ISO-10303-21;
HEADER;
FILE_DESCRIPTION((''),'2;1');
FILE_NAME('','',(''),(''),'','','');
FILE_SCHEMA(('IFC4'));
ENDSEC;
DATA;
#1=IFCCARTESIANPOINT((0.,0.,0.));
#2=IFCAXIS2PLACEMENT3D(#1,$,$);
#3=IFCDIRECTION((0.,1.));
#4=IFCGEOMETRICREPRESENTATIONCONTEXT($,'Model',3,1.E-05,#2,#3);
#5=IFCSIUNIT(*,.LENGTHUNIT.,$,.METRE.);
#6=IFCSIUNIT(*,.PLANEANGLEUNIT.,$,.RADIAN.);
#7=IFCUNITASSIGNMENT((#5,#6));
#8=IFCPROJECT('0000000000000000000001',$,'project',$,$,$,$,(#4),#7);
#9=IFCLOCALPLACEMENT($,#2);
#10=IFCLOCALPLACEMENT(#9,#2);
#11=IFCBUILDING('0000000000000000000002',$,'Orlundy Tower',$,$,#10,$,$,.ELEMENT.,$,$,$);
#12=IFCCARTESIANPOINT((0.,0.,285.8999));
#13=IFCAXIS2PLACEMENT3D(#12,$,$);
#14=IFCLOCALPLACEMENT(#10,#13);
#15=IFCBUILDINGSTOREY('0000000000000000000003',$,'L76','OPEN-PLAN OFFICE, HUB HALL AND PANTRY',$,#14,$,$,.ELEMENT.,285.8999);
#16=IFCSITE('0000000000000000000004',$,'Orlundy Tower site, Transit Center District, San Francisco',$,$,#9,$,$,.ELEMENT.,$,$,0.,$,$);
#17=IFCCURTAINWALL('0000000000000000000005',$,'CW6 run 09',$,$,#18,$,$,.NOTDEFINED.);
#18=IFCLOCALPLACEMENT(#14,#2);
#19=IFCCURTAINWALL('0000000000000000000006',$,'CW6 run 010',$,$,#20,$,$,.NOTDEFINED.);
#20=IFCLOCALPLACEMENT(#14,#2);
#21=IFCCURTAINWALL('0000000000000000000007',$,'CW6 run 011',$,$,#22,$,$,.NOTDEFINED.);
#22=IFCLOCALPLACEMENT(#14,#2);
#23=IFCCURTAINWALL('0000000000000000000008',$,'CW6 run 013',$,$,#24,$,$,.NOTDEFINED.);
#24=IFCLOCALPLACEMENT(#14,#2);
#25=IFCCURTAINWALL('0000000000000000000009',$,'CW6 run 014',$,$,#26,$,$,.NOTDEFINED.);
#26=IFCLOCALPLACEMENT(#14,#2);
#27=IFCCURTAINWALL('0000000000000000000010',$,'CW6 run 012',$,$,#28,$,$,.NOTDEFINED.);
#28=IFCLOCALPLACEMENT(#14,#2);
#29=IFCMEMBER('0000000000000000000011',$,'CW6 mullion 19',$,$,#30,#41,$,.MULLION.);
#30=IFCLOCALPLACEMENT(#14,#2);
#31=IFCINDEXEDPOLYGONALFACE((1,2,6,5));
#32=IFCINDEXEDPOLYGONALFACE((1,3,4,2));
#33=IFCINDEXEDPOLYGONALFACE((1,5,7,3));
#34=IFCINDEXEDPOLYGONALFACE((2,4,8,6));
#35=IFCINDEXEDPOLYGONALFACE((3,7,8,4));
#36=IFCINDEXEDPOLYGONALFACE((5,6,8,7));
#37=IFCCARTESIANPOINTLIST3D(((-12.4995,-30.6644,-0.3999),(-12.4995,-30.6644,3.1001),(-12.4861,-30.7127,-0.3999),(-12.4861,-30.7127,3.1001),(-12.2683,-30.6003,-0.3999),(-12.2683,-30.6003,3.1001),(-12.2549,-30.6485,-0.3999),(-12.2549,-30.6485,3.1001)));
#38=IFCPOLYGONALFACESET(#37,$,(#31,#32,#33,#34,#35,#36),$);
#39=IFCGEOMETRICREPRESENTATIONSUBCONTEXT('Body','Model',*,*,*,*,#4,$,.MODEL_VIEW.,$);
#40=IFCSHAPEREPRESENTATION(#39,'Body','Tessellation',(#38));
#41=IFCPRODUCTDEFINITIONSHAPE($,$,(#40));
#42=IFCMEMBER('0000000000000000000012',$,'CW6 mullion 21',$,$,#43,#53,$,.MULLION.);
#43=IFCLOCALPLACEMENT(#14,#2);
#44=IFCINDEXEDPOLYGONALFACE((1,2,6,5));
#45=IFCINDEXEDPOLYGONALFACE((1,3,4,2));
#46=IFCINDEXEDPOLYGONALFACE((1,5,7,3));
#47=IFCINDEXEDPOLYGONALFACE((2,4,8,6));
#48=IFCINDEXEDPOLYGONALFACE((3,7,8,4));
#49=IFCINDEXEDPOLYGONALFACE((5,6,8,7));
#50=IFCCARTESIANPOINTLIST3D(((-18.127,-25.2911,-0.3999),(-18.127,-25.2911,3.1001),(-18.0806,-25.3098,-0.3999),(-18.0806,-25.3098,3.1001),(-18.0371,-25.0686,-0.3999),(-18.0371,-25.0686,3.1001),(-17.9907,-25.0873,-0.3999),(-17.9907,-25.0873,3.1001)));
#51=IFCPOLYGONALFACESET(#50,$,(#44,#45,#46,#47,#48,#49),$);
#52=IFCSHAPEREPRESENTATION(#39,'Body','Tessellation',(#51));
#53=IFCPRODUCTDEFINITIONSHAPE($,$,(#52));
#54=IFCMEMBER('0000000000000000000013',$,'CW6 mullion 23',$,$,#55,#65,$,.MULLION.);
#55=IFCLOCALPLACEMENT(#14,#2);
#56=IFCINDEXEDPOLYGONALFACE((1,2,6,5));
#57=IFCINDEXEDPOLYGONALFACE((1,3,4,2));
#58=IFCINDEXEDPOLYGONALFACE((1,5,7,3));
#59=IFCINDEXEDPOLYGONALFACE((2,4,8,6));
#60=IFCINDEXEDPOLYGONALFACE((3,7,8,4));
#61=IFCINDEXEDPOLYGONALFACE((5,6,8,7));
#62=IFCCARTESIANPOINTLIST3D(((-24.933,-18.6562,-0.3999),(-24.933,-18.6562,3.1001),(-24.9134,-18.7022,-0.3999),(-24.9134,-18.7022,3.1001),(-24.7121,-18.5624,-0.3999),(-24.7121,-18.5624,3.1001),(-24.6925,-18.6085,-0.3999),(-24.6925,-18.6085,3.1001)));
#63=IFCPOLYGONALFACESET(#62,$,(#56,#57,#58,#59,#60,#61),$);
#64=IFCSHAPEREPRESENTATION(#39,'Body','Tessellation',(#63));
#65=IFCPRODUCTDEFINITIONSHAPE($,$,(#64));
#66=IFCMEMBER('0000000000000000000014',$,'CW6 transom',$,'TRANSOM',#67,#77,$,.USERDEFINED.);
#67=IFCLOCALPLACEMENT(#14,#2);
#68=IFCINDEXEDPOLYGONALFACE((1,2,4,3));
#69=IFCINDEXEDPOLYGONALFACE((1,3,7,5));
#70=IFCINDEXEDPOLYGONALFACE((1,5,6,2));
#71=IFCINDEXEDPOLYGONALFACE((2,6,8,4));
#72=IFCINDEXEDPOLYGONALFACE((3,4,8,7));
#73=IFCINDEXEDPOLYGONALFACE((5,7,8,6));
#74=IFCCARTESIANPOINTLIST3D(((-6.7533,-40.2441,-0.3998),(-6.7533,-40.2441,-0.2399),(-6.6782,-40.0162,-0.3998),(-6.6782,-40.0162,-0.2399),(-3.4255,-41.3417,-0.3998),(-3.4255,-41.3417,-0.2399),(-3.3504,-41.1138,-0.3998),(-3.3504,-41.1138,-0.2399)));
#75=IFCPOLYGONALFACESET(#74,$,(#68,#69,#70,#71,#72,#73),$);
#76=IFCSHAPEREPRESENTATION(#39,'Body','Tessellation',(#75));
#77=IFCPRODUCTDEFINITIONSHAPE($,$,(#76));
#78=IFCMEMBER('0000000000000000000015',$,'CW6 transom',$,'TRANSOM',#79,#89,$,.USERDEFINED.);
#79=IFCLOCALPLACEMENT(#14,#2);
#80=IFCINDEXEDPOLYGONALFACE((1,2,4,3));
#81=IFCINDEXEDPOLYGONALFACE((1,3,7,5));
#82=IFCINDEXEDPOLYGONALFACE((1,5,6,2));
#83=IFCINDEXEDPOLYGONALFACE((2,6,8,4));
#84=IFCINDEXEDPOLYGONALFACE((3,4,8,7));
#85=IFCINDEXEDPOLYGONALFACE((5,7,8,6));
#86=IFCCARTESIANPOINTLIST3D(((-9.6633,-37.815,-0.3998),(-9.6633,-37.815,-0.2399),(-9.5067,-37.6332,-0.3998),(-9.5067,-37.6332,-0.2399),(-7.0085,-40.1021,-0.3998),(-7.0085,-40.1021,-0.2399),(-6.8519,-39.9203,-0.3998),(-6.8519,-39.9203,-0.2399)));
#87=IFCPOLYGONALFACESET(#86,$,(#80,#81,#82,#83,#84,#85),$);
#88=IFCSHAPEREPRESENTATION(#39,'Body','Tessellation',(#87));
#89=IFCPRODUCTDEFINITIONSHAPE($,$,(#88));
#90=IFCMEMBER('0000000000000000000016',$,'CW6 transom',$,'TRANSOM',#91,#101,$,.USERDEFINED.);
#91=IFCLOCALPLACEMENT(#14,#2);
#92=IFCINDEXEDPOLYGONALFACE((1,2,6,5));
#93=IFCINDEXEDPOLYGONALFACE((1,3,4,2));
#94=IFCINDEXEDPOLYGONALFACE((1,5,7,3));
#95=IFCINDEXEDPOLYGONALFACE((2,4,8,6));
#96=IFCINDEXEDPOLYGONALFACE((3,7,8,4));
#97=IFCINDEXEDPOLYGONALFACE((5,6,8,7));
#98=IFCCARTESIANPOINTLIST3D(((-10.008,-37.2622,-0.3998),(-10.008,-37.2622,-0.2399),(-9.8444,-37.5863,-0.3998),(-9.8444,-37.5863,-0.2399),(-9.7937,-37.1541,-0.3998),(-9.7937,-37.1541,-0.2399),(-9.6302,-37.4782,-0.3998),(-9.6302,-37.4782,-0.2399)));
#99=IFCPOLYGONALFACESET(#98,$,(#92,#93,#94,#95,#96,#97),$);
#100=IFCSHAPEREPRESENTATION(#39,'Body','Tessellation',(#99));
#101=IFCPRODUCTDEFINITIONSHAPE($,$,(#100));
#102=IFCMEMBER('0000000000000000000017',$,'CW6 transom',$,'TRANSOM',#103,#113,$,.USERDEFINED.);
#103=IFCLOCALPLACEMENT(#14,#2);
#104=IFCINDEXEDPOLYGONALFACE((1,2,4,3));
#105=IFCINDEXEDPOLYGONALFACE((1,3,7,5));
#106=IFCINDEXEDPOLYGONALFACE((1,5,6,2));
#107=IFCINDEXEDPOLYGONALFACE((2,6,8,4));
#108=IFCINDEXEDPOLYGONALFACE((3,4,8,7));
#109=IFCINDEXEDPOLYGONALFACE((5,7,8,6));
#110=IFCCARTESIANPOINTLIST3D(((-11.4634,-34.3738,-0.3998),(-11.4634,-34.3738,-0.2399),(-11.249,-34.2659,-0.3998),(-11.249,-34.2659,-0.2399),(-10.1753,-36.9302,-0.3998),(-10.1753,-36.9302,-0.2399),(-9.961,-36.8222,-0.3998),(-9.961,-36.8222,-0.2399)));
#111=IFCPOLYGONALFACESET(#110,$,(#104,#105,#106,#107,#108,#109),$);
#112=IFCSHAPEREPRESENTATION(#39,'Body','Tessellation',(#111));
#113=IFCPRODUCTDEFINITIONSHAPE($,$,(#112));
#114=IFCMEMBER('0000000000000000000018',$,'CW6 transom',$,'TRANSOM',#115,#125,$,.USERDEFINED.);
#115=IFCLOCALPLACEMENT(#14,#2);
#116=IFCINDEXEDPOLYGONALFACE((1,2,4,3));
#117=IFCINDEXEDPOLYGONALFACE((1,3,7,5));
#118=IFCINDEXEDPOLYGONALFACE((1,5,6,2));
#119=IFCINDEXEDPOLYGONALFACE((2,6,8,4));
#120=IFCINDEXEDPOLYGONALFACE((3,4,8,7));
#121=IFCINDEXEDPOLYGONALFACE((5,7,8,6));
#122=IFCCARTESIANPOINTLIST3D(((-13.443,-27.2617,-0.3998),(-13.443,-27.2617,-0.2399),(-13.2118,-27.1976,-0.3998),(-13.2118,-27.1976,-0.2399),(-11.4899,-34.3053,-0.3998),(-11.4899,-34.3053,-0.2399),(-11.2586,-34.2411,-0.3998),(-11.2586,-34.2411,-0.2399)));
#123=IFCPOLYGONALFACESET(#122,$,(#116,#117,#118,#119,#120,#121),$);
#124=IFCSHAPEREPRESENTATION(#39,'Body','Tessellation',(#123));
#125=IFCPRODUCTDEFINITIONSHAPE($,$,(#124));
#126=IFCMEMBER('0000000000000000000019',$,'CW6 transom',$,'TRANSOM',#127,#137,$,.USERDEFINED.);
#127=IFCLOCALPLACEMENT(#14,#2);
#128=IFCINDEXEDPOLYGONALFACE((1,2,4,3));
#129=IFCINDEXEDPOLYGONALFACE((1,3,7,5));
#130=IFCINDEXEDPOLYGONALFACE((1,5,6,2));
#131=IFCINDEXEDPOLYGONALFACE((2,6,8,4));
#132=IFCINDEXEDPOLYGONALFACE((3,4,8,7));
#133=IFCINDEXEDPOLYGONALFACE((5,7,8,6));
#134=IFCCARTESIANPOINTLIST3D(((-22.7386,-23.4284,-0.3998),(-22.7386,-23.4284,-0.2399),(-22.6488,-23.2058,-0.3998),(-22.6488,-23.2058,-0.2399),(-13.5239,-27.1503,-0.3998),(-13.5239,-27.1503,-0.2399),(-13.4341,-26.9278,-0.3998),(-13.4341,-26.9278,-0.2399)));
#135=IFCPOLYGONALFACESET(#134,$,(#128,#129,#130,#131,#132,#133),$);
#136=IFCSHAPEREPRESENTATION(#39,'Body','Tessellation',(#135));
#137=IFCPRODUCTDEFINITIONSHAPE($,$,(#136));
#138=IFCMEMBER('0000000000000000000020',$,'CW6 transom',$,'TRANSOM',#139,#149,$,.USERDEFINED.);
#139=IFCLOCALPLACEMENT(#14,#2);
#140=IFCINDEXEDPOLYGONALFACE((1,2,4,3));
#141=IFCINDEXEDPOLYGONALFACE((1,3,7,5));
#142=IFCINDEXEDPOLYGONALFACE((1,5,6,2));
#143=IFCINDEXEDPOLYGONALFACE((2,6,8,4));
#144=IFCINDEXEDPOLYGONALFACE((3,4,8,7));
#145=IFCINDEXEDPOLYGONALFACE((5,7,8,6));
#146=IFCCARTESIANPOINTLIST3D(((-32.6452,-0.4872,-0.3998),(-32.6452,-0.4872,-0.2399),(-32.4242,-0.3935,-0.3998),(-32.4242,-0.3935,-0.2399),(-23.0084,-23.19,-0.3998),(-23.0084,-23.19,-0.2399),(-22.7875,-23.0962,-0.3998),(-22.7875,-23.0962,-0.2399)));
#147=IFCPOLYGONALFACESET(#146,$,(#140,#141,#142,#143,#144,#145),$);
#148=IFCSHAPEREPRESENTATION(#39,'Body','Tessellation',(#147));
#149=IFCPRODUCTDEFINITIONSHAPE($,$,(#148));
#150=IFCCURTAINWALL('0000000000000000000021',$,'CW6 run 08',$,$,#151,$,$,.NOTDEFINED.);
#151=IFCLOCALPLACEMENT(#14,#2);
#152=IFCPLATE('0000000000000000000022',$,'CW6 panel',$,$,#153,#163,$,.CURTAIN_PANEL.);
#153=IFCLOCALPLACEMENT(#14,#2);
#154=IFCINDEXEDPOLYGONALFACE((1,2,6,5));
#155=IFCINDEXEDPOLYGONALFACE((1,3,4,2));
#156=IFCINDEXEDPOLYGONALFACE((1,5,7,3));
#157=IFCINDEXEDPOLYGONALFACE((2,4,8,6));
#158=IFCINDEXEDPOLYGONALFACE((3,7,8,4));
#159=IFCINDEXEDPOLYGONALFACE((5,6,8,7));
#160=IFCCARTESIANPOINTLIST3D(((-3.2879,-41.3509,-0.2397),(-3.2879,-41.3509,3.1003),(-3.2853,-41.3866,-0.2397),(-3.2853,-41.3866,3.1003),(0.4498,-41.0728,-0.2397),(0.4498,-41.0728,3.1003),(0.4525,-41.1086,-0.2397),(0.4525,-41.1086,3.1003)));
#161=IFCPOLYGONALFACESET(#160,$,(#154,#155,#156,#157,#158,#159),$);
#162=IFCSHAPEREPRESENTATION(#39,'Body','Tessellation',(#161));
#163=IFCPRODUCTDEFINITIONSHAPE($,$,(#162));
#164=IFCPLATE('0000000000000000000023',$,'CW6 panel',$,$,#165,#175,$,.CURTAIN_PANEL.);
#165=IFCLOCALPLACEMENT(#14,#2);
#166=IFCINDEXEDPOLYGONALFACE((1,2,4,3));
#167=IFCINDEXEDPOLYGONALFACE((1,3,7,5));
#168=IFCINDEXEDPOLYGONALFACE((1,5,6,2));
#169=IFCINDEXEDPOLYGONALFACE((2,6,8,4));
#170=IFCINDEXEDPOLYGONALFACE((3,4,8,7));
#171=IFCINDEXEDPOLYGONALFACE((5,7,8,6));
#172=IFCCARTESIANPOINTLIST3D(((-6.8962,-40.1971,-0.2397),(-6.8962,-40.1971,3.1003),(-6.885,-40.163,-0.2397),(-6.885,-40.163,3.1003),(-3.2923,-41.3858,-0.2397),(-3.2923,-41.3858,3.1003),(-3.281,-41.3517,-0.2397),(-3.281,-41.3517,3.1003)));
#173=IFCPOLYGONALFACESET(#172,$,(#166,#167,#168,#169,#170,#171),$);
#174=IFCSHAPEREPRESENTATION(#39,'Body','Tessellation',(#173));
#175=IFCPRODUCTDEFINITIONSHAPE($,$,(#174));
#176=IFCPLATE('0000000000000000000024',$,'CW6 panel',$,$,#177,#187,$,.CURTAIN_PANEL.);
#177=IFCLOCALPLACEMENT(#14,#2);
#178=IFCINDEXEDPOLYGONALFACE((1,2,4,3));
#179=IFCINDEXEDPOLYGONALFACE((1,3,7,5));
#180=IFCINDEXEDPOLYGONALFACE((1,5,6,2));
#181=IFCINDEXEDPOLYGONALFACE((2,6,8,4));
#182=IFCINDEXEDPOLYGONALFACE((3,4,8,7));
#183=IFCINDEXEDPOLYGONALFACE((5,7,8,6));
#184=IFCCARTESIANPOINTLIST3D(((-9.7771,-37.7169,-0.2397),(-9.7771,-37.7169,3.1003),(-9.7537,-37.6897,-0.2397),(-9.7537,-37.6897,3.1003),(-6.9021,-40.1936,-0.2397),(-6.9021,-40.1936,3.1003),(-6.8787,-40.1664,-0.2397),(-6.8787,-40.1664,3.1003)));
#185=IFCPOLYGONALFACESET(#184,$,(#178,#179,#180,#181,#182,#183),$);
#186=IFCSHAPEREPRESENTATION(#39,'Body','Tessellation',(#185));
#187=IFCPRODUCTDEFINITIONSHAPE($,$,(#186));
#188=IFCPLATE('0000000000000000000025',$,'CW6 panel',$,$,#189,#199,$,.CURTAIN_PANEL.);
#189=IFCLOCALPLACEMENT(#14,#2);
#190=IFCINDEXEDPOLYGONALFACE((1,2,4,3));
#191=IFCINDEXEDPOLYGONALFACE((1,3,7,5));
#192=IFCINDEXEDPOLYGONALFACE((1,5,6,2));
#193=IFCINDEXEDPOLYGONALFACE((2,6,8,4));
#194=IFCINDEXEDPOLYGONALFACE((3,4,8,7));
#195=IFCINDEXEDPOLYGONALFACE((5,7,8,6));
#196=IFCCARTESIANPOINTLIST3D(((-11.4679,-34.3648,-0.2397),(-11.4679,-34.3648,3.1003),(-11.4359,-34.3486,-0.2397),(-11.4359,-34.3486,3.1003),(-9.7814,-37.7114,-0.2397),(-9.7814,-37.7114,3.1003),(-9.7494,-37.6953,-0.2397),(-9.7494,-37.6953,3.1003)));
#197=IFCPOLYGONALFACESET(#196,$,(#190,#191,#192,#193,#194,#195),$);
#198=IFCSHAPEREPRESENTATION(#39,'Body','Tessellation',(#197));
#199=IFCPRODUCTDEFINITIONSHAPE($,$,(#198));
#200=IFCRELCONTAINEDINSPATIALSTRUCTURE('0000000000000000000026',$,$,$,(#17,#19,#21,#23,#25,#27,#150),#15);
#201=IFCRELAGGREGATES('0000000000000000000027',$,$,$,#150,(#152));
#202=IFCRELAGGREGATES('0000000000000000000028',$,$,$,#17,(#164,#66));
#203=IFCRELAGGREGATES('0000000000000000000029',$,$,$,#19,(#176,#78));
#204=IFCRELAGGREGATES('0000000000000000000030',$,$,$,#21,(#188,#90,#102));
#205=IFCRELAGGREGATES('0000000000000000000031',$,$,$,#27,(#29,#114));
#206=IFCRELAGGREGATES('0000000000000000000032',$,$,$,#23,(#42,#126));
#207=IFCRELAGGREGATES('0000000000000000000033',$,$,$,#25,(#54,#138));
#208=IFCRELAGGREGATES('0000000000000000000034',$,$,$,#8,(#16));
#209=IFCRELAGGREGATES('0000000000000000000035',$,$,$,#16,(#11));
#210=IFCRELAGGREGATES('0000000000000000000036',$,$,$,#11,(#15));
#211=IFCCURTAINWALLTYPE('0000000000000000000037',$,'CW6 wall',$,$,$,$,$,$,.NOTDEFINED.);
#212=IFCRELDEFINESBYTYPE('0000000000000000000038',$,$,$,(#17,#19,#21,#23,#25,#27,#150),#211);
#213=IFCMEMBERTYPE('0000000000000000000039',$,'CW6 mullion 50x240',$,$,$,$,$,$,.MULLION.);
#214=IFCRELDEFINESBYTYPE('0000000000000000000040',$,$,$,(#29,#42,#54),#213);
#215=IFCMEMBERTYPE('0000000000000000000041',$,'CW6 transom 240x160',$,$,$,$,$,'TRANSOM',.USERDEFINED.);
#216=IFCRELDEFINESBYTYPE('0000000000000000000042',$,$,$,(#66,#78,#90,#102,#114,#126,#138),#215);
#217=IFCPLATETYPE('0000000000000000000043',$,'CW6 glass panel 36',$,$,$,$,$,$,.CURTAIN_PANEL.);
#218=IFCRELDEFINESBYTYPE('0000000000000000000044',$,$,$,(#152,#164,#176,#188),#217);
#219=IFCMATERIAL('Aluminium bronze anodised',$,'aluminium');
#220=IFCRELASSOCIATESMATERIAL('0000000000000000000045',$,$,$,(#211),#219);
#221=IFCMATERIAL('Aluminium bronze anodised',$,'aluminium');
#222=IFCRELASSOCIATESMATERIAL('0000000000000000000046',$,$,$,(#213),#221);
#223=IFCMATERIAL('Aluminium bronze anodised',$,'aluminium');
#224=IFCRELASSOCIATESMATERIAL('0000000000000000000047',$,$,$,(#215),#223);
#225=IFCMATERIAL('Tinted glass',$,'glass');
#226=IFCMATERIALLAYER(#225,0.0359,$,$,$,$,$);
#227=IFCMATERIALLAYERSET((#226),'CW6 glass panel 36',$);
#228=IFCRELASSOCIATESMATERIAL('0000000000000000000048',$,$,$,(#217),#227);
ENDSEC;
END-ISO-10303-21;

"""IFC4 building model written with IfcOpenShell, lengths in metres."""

from ifc_helpers import new_model, si_unit, direction, frame, origin, origin_2d, place, context, subcontext, project, spatial, rectangle, extrude, material, layer, layer_set, material_profile, profile_set, type_object, element, aggregate, save


model = new_model("IFC4")

# Units and contexts
model_context = context("Model", 3, precision=1e-05, world=origin(), true_north=direction((0.0, 1.0)))
body_context = subcontext(model_context, "Body", "Model", "MODEL_VIEW")
ifc_project = project(units=[si_unit("LENGTHUNIT", "METRE"), si_unit("PLANEANGLEUNIT", "RADIAN")], contexts=[model_context])

# Site, building, storey
site_placement = place(None, origin())
site = spatial("IfcSite", under=ifc_project, at=site_placement, Name="Orlundy Tower site, Transit Center District, San Francisco", CompositionType="ELEMENT", RefElevation=0.0)
building_placement = place(site_placement, origin())
building = spatial("IfcBuilding", under=site, at=building_placement, Name="Orlundy Tower", CompositionType="ELEMENT")
storey_placement = place(building_placement, frame((0.0, 0.0, 285.8999)))
storey = spatial("IfcBuildingStorey", under=building, at=storey_placement, Name="L76", Description="OPEN-PLAN OFFICE, HUB HALL AND PANTRY", CompositionType="ELEMENT", Elevation=285.8999)

# Curtain walls
ifc_material_1 = material(Name="Aluminium bronze anodised", Category="aluminium")
curtain_wall_type = type_object("IfcCurtainWallType", Name="CW6 wall", PredefinedType="NOTDEFINED", material=ifc_material_1)
curtain_wall_1_placement = place(storey_placement, origin())
curtain_wall_1 = element("IfcCurtainWall", 1, at=curtain_wall_1_placement, inside=storey, type_object=curtain_wall_type, Name="CW6 run 09", PredefinedType="NOTDEFINED")
curtain_wall_2_placement = place(storey_placement, origin())
curtain_wall_2 = element("IfcCurtainWall", 2, at=curtain_wall_2_placement, inside=storey, type_object=curtain_wall_type, Name="CW6 run 010", PredefinedType="NOTDEFINED")
curtain_wall_3_placement = place(storey_placement, origin())
curtain_wall_3 = element("IfcCurtainWall", 3, at=curtain_wall_3_placement, inside=storey, type_object=curtain_wall_type, Name="CW6 run 011", PredefinedType="NOTDEFINED")
curtain_wall_4_placement = place(storey_placement, origin())
curtain_wall_4 = element("IfcCurtainWall", 4, at=curtain_wall_4_placement, inside=storey, type_object=curtain_wall_type, Name="CW6 run 013", PredefinedType="NOTDEFINED")
curtain_wall_5_placement = place(storey_placement, origin())
curtain_wall_5 = element("IfcCurtainWall", 5, at=curtain_wall_5_placement, inside=storey, type_object=curtain_wall_type, Name="CW6 run 014", PredefinedType="NOTDEFINED")

# Curtain wall, member
curtain_wall_6_placement = place(storey_placement, origin())
curtain_wall_6 = element("IfcCurtainWall", 6, at=curtain_wall_6_placement, inside=storey, type_object=curtain_wall_type, Name="CW6 run 012", PredefinedType="NOTDEFINED")
ifc_material_2 = material(Name="Aluminium bronze anodised", Category="aluminium")
ifc_material_profile_1 = material_profile(ifc_material_2, rectangle(XDim=0.24, YDim=0.05, at=origin_2d()), Name="CW6 mullion 50x240")
ifc_profile_set_1 = profile_set([ifc_material_profile_1], Name="Aluminium bronze anodised")
member_type_1 = type_object("IfcMemberType", Name="CW6 mullion 50x240", PredefinedType="MULLION", material=ifc_profile_set_1)
member_1_placement = place(storey_placement, frame((-12.3772, -30.6565, -0.3999), z_axis=(0.0, 0.0, 1.0), x_axis=(-0.963634, -0.267226, 0.0)))
member_1 = element("IfcMember", 7, at=member_1_placement, type_object=member_type_1, Name="CW6 mullion 19", PredefinedType="MULLION", context=body_context, shape_type="SweptSolid", body=[
    extrude(rectangle(XDim=0.24, YDim=0.05, at=origin_2d()), origin(), (0.0, 0.0, 1.0), 3.5),
])

# Members
member_2_placement = place(storey_placement, frame((-18.0588, -25.1892, -0.3999), z_axis=(0.0, 0.0, 1.0), x_axis=(-0.374521, -0.927218, 0.0)))
member_2 = element("IfcMember", 8, at=member_2_placement, type_object=member_type_1, Name="CW6 mullion 21", PredefinedType="MULLION", context=body_context, shape_type="SweptSolid", body=[
    extrude(rectangle(XDim=0.24, YDim=0.05, at=origin_2d()), origin(), (0.0, 0.0, 1.0), 3.5),
])
member_3_placement = place(storey_placement, frame((-24.8127, -18.6323, -0.3999), z_axis=(0.0, 0.0, 1.0), x_axis=(-0.920507, -0.390727, 0.0)))
member_3 = element("IfcMember", 9, at=member_3_placement, type_object=member_type_1, Name="CW6 mullion 23", PredefinedType="MULLION", context=body_context, shape_type="SweptSolid", body=[
    extrude(rectangle(XDim=0.24, YDim=0.05, at=origin_2d()), origin(), (0.0, 0.0, 1.0), 3.5),
])
ifc_material_3 = material(Name="Aluminium bronze anodised", Category="aluminium")
ifc_material_profile_2 = material_profile(ifc_material_3, rectangle(XDim=0.24, YDim=0.1599, at=origin_2d()), Name="CW6 transom 240x160")
ifc_profile_set_2 = profile_set([ifc_material_profile_2], Name="Aluminium bronze anodised")
member_type_2 = type_object("IfcMemberType", Name="CW6 transom 240x160", ElementType="TRANSOM", PredefinedType="USERDEFINED", material=ifc_profile_set_2)
member_4_placement = place(storey_placement, frame((-3.3879, -41.2278, -0.3198), z_axis=(-0.949675, 0.313237, 0.0), x_axis=(-0.313237, -0.949675, 0.0)))
member_4 = element("IfcMember", 10, at=member_4_placement, type_object=member_type_2, Name="CW6 transom", ObjectType="TRANSOM", PredefinedType="USERDEFINED", context=body_context, shape_type="SweptSolid", body=[
    extrude(rectangle(XDim=0.24, YDim=0.1599, at=origin_2d()), origin(), (0.0, 0.0, 1.0), 3.5042),
])
member_5_placement = place(storey_placement, frame((-6.9302, -40.0112, -0.3198), z_axis=(-0.757621, 0.652694, 0.0), x_axis=(-0.652694, -0.757621, 0.0)))
member_5 = element("IfcMember", 11, at=member_5_placement, type_object=member_type_2, Name="CW6 transom", ObjectType="TRANSOM", PredefinedType="USERDEFINED", context=body_context, shape_type="SweptSolid", body=[
    extrude(rectangle(XDim=0.24, YDim=0.1599, at=origin_2d()), origin(), (0.0, 0.0, 1.0), 3.5042),
])
member_6_placement = place(storey_placement, frame((-9.7373, -37.5322, -0.3198), z_axis=(-0.450438, 0.892808, 0.0), x_axis=(-0.892808, -0.450438, 0.0)))
member_6 = element("IfcMember", 12, at=member_6_placement, type_object=member_type_2, Name="CW6 transom", ObjectType="TRANSOM", PredefinedType="USERDEFINED", context=body_context, shape_type="SweptSolid", body=[
    extrude(rectangle(XDim=0.24, YDim=0.1599, at=origin_2d()), origin(), (0.0, 0.0, 1.0), 0.363),
])
member_7_placement = place(storey_placement, frame((-10.0681, -36.8762, -0.3198), z_axis=(-0.449975, 0.893041, 0.0), x_axis=(-0.893041, -0.449975, 0.0)))
member_7 = element("IfcMember", 13, at=member_7_placement, type_object=member_type_2, Name="CW6 transom", ObjectType="TRANSOM", PredefinedType="USERDEFINED", context=body_context, shape_type="SweptSolid", body=[
    extrude(rectangle(XDim=0.24, YDim=0.1599, at=origin_2d()), origin(), (0.0, 0.0, 1.0), 2.8625),
])
member_8_placement = place(storey_placement, frame((-11.3743, -34.2732, -0.3198), z_axis=(-0.267213, 0.963637, 0.0), x_axis=(-0.963637, -0.267213, 0.0)))
member_8 = element("IfcMember", 14, at=member_8_placement, type_object=member_type_2, Name="CW6 transom", ObjectType="TRANSOM", PredefinedType="USERDEFINED", context=body_context, shape_type="SweptSolid", body=[
    extrude(rectangle(XDim=0.24, YDim=0.1599, at=origin_2d()), origin(), (0.0, 0.0, 1.0), 7.3093),
])
member_9_placement = place(storey_placement, frame((-13.479, -27.0391, -0.3198), z_axis=(-0.927219, 0.374519, 0.0), x_axis=(-0.374519, -0.927219, 0.0)))
member_9 = element("IfcMember", 15, at=member_9_placement, type_object=member_type_2, Name="CW6 transom", ObjectType="TRANSOM", PredefinedType="USERDEFINED", context=body_context, shape_type="SweptSolid", body=[
    extrude(rectangle(XDim=0.24, YDim=0.1599, at=origin_2d()), origin(), (0.0, 0.0, 1.0), 9.938),
])
member_10_placement = place(storey_placement, frame((-22.8979, -23.1431, -0.3198), z_axis=(-0.390732, 0.920505, 0.0), x_axis=(-0.920505, -0.390732, 0.0)))
member_10 = element("IfcMember", 16, at=member_10_placement, type_object=member_type_2, Name="CW6 transom", ObjectType="TRANSOM", PredefinedType="USERDEFINED", context=body_context, shape_type="SweptSolid", body=[
    extrude(rectangle(XDim=0.24, YDim=0.1599, at=origin_2d()), origin(), (0.0, 0.0, 1.0), 24.6633),
])

# Curtain wall, plate
curtain_wall_7_placement = place(storey_placement, origin())
curtain_wall_7 = element("IfcCurtainWall", 17, at=curtain_wall_7_placement, inside=storey, type_object=curtain_wall_type, Name="CW6 run 08", PredefinedType="NOTDEFINED")
ifc_material_4 = material(Name="Tinted glass", Category="glass")
ifc_layer_1 = layer(ifc_material_4, 0.0359)
ifc_layer_set_1 = layer_set([ifc_layer_1], Name="CW6 glass panel 36")
plate_type = type_object("IfcPlateType", Name="CW6 glass panel 36", PredefinedType="CURTAIN_PANEL", material=ifc_layer_set_1)
plate_1_placement = place(storey_placement, frame((-1.4177, -41.2297, -0.2397), z_axis=(0.0, 0.0, 1.0), x_axis=(-0.997245, -0.07418, 0.0)))
plate_1 = element("IfcPlate", 18, at=plate_1_placement, type_object=plate_type, Name="CW6 panel", PredefinedType="CURTAIN_PANEL", context=body_context, shape_type="SweptSolid", body=[
    extrude(rectangle(XDim=3.748, YDim=0.0359, at=origin_2d()), origin(), (0.0, 0.0, 1.0), 3.3401),
])
aggregate(curtain_wall_7, [plate_1])

# Plates
plate_2_placement = place(storey_placement, frame((-5.0886, -40.7744, -0.2397), z_axis=(0.0, 0.0, 1.0), x_axis=(-0.949677, 0.313231, 0.0)))
plate_2 = element("IfcPlate", 19, at=plate_2_placement, type_object=plate_type, Name="CW6 panel", PredefinedType="CURTAIN_PANEL", context=body_context, shape_type="SweptSolid", body=[
    extrude(rectangle(XDim=3.7949, YDim=0.0359, at=origin_2d()), origin(), (0.0, 0.0, 1.0), 3.3401),
])
aggregate(curtain_wall_1, [plate_2, member_4])
plate_3_placement = place(storey_placement, frame((-8.3279, -38.9417, -0.2397), z_axis=(0.0, 0.0, 1.0), x_axis=(-0.757635, 0.652678, 0.0)))
plate_3 = element("IfcPlate", 20, at=plate_3_placement, type_object=plate_type, Name="CW6 panel", PredefinedType="CURTAIN_PANEL", context=body_context, shape_type="SweptSolid", body=[
    extrude(rectangle(XDim=3.7947, YDim=0.0359, at=origin_2d()), origin(), (0.0, 0.0, 1.0), 3.3401),
])
aggregate(curtain_wall_2, [plate_3, member_5])
plate_4_placement = place(storey_placement, frame((-10.6086, -36.03, -0.2397), z_axis=(0.0, 0.0, 1.0), x_axis=(-0.450017, 0.89302, 0.0)))
plate_4 = element("IfcPlate", 21, at=plate_4_placement, type_object=plate_type, Name="CW6 panel", PredefinedType="CURTAIN_PANEL", context=body_context, shape_type="SweptSolid", body=[
    extrude(rectangle(XDim=3.7476, YDim=0.0359, at=origin_2d()), origin(), (0.0, 0.0, 1.0), 3.3401),
])
aggregate(curtain_wall_3, [plate_4, member_6, member_7])
aggregate(curtain_wall_6, [member_1, member_8])
aggregate(curtain_wall_4, [member_2, member_9])
aggregate(curtain_wall_5, [member_3, member_10])

save(model, "model.ifc")
